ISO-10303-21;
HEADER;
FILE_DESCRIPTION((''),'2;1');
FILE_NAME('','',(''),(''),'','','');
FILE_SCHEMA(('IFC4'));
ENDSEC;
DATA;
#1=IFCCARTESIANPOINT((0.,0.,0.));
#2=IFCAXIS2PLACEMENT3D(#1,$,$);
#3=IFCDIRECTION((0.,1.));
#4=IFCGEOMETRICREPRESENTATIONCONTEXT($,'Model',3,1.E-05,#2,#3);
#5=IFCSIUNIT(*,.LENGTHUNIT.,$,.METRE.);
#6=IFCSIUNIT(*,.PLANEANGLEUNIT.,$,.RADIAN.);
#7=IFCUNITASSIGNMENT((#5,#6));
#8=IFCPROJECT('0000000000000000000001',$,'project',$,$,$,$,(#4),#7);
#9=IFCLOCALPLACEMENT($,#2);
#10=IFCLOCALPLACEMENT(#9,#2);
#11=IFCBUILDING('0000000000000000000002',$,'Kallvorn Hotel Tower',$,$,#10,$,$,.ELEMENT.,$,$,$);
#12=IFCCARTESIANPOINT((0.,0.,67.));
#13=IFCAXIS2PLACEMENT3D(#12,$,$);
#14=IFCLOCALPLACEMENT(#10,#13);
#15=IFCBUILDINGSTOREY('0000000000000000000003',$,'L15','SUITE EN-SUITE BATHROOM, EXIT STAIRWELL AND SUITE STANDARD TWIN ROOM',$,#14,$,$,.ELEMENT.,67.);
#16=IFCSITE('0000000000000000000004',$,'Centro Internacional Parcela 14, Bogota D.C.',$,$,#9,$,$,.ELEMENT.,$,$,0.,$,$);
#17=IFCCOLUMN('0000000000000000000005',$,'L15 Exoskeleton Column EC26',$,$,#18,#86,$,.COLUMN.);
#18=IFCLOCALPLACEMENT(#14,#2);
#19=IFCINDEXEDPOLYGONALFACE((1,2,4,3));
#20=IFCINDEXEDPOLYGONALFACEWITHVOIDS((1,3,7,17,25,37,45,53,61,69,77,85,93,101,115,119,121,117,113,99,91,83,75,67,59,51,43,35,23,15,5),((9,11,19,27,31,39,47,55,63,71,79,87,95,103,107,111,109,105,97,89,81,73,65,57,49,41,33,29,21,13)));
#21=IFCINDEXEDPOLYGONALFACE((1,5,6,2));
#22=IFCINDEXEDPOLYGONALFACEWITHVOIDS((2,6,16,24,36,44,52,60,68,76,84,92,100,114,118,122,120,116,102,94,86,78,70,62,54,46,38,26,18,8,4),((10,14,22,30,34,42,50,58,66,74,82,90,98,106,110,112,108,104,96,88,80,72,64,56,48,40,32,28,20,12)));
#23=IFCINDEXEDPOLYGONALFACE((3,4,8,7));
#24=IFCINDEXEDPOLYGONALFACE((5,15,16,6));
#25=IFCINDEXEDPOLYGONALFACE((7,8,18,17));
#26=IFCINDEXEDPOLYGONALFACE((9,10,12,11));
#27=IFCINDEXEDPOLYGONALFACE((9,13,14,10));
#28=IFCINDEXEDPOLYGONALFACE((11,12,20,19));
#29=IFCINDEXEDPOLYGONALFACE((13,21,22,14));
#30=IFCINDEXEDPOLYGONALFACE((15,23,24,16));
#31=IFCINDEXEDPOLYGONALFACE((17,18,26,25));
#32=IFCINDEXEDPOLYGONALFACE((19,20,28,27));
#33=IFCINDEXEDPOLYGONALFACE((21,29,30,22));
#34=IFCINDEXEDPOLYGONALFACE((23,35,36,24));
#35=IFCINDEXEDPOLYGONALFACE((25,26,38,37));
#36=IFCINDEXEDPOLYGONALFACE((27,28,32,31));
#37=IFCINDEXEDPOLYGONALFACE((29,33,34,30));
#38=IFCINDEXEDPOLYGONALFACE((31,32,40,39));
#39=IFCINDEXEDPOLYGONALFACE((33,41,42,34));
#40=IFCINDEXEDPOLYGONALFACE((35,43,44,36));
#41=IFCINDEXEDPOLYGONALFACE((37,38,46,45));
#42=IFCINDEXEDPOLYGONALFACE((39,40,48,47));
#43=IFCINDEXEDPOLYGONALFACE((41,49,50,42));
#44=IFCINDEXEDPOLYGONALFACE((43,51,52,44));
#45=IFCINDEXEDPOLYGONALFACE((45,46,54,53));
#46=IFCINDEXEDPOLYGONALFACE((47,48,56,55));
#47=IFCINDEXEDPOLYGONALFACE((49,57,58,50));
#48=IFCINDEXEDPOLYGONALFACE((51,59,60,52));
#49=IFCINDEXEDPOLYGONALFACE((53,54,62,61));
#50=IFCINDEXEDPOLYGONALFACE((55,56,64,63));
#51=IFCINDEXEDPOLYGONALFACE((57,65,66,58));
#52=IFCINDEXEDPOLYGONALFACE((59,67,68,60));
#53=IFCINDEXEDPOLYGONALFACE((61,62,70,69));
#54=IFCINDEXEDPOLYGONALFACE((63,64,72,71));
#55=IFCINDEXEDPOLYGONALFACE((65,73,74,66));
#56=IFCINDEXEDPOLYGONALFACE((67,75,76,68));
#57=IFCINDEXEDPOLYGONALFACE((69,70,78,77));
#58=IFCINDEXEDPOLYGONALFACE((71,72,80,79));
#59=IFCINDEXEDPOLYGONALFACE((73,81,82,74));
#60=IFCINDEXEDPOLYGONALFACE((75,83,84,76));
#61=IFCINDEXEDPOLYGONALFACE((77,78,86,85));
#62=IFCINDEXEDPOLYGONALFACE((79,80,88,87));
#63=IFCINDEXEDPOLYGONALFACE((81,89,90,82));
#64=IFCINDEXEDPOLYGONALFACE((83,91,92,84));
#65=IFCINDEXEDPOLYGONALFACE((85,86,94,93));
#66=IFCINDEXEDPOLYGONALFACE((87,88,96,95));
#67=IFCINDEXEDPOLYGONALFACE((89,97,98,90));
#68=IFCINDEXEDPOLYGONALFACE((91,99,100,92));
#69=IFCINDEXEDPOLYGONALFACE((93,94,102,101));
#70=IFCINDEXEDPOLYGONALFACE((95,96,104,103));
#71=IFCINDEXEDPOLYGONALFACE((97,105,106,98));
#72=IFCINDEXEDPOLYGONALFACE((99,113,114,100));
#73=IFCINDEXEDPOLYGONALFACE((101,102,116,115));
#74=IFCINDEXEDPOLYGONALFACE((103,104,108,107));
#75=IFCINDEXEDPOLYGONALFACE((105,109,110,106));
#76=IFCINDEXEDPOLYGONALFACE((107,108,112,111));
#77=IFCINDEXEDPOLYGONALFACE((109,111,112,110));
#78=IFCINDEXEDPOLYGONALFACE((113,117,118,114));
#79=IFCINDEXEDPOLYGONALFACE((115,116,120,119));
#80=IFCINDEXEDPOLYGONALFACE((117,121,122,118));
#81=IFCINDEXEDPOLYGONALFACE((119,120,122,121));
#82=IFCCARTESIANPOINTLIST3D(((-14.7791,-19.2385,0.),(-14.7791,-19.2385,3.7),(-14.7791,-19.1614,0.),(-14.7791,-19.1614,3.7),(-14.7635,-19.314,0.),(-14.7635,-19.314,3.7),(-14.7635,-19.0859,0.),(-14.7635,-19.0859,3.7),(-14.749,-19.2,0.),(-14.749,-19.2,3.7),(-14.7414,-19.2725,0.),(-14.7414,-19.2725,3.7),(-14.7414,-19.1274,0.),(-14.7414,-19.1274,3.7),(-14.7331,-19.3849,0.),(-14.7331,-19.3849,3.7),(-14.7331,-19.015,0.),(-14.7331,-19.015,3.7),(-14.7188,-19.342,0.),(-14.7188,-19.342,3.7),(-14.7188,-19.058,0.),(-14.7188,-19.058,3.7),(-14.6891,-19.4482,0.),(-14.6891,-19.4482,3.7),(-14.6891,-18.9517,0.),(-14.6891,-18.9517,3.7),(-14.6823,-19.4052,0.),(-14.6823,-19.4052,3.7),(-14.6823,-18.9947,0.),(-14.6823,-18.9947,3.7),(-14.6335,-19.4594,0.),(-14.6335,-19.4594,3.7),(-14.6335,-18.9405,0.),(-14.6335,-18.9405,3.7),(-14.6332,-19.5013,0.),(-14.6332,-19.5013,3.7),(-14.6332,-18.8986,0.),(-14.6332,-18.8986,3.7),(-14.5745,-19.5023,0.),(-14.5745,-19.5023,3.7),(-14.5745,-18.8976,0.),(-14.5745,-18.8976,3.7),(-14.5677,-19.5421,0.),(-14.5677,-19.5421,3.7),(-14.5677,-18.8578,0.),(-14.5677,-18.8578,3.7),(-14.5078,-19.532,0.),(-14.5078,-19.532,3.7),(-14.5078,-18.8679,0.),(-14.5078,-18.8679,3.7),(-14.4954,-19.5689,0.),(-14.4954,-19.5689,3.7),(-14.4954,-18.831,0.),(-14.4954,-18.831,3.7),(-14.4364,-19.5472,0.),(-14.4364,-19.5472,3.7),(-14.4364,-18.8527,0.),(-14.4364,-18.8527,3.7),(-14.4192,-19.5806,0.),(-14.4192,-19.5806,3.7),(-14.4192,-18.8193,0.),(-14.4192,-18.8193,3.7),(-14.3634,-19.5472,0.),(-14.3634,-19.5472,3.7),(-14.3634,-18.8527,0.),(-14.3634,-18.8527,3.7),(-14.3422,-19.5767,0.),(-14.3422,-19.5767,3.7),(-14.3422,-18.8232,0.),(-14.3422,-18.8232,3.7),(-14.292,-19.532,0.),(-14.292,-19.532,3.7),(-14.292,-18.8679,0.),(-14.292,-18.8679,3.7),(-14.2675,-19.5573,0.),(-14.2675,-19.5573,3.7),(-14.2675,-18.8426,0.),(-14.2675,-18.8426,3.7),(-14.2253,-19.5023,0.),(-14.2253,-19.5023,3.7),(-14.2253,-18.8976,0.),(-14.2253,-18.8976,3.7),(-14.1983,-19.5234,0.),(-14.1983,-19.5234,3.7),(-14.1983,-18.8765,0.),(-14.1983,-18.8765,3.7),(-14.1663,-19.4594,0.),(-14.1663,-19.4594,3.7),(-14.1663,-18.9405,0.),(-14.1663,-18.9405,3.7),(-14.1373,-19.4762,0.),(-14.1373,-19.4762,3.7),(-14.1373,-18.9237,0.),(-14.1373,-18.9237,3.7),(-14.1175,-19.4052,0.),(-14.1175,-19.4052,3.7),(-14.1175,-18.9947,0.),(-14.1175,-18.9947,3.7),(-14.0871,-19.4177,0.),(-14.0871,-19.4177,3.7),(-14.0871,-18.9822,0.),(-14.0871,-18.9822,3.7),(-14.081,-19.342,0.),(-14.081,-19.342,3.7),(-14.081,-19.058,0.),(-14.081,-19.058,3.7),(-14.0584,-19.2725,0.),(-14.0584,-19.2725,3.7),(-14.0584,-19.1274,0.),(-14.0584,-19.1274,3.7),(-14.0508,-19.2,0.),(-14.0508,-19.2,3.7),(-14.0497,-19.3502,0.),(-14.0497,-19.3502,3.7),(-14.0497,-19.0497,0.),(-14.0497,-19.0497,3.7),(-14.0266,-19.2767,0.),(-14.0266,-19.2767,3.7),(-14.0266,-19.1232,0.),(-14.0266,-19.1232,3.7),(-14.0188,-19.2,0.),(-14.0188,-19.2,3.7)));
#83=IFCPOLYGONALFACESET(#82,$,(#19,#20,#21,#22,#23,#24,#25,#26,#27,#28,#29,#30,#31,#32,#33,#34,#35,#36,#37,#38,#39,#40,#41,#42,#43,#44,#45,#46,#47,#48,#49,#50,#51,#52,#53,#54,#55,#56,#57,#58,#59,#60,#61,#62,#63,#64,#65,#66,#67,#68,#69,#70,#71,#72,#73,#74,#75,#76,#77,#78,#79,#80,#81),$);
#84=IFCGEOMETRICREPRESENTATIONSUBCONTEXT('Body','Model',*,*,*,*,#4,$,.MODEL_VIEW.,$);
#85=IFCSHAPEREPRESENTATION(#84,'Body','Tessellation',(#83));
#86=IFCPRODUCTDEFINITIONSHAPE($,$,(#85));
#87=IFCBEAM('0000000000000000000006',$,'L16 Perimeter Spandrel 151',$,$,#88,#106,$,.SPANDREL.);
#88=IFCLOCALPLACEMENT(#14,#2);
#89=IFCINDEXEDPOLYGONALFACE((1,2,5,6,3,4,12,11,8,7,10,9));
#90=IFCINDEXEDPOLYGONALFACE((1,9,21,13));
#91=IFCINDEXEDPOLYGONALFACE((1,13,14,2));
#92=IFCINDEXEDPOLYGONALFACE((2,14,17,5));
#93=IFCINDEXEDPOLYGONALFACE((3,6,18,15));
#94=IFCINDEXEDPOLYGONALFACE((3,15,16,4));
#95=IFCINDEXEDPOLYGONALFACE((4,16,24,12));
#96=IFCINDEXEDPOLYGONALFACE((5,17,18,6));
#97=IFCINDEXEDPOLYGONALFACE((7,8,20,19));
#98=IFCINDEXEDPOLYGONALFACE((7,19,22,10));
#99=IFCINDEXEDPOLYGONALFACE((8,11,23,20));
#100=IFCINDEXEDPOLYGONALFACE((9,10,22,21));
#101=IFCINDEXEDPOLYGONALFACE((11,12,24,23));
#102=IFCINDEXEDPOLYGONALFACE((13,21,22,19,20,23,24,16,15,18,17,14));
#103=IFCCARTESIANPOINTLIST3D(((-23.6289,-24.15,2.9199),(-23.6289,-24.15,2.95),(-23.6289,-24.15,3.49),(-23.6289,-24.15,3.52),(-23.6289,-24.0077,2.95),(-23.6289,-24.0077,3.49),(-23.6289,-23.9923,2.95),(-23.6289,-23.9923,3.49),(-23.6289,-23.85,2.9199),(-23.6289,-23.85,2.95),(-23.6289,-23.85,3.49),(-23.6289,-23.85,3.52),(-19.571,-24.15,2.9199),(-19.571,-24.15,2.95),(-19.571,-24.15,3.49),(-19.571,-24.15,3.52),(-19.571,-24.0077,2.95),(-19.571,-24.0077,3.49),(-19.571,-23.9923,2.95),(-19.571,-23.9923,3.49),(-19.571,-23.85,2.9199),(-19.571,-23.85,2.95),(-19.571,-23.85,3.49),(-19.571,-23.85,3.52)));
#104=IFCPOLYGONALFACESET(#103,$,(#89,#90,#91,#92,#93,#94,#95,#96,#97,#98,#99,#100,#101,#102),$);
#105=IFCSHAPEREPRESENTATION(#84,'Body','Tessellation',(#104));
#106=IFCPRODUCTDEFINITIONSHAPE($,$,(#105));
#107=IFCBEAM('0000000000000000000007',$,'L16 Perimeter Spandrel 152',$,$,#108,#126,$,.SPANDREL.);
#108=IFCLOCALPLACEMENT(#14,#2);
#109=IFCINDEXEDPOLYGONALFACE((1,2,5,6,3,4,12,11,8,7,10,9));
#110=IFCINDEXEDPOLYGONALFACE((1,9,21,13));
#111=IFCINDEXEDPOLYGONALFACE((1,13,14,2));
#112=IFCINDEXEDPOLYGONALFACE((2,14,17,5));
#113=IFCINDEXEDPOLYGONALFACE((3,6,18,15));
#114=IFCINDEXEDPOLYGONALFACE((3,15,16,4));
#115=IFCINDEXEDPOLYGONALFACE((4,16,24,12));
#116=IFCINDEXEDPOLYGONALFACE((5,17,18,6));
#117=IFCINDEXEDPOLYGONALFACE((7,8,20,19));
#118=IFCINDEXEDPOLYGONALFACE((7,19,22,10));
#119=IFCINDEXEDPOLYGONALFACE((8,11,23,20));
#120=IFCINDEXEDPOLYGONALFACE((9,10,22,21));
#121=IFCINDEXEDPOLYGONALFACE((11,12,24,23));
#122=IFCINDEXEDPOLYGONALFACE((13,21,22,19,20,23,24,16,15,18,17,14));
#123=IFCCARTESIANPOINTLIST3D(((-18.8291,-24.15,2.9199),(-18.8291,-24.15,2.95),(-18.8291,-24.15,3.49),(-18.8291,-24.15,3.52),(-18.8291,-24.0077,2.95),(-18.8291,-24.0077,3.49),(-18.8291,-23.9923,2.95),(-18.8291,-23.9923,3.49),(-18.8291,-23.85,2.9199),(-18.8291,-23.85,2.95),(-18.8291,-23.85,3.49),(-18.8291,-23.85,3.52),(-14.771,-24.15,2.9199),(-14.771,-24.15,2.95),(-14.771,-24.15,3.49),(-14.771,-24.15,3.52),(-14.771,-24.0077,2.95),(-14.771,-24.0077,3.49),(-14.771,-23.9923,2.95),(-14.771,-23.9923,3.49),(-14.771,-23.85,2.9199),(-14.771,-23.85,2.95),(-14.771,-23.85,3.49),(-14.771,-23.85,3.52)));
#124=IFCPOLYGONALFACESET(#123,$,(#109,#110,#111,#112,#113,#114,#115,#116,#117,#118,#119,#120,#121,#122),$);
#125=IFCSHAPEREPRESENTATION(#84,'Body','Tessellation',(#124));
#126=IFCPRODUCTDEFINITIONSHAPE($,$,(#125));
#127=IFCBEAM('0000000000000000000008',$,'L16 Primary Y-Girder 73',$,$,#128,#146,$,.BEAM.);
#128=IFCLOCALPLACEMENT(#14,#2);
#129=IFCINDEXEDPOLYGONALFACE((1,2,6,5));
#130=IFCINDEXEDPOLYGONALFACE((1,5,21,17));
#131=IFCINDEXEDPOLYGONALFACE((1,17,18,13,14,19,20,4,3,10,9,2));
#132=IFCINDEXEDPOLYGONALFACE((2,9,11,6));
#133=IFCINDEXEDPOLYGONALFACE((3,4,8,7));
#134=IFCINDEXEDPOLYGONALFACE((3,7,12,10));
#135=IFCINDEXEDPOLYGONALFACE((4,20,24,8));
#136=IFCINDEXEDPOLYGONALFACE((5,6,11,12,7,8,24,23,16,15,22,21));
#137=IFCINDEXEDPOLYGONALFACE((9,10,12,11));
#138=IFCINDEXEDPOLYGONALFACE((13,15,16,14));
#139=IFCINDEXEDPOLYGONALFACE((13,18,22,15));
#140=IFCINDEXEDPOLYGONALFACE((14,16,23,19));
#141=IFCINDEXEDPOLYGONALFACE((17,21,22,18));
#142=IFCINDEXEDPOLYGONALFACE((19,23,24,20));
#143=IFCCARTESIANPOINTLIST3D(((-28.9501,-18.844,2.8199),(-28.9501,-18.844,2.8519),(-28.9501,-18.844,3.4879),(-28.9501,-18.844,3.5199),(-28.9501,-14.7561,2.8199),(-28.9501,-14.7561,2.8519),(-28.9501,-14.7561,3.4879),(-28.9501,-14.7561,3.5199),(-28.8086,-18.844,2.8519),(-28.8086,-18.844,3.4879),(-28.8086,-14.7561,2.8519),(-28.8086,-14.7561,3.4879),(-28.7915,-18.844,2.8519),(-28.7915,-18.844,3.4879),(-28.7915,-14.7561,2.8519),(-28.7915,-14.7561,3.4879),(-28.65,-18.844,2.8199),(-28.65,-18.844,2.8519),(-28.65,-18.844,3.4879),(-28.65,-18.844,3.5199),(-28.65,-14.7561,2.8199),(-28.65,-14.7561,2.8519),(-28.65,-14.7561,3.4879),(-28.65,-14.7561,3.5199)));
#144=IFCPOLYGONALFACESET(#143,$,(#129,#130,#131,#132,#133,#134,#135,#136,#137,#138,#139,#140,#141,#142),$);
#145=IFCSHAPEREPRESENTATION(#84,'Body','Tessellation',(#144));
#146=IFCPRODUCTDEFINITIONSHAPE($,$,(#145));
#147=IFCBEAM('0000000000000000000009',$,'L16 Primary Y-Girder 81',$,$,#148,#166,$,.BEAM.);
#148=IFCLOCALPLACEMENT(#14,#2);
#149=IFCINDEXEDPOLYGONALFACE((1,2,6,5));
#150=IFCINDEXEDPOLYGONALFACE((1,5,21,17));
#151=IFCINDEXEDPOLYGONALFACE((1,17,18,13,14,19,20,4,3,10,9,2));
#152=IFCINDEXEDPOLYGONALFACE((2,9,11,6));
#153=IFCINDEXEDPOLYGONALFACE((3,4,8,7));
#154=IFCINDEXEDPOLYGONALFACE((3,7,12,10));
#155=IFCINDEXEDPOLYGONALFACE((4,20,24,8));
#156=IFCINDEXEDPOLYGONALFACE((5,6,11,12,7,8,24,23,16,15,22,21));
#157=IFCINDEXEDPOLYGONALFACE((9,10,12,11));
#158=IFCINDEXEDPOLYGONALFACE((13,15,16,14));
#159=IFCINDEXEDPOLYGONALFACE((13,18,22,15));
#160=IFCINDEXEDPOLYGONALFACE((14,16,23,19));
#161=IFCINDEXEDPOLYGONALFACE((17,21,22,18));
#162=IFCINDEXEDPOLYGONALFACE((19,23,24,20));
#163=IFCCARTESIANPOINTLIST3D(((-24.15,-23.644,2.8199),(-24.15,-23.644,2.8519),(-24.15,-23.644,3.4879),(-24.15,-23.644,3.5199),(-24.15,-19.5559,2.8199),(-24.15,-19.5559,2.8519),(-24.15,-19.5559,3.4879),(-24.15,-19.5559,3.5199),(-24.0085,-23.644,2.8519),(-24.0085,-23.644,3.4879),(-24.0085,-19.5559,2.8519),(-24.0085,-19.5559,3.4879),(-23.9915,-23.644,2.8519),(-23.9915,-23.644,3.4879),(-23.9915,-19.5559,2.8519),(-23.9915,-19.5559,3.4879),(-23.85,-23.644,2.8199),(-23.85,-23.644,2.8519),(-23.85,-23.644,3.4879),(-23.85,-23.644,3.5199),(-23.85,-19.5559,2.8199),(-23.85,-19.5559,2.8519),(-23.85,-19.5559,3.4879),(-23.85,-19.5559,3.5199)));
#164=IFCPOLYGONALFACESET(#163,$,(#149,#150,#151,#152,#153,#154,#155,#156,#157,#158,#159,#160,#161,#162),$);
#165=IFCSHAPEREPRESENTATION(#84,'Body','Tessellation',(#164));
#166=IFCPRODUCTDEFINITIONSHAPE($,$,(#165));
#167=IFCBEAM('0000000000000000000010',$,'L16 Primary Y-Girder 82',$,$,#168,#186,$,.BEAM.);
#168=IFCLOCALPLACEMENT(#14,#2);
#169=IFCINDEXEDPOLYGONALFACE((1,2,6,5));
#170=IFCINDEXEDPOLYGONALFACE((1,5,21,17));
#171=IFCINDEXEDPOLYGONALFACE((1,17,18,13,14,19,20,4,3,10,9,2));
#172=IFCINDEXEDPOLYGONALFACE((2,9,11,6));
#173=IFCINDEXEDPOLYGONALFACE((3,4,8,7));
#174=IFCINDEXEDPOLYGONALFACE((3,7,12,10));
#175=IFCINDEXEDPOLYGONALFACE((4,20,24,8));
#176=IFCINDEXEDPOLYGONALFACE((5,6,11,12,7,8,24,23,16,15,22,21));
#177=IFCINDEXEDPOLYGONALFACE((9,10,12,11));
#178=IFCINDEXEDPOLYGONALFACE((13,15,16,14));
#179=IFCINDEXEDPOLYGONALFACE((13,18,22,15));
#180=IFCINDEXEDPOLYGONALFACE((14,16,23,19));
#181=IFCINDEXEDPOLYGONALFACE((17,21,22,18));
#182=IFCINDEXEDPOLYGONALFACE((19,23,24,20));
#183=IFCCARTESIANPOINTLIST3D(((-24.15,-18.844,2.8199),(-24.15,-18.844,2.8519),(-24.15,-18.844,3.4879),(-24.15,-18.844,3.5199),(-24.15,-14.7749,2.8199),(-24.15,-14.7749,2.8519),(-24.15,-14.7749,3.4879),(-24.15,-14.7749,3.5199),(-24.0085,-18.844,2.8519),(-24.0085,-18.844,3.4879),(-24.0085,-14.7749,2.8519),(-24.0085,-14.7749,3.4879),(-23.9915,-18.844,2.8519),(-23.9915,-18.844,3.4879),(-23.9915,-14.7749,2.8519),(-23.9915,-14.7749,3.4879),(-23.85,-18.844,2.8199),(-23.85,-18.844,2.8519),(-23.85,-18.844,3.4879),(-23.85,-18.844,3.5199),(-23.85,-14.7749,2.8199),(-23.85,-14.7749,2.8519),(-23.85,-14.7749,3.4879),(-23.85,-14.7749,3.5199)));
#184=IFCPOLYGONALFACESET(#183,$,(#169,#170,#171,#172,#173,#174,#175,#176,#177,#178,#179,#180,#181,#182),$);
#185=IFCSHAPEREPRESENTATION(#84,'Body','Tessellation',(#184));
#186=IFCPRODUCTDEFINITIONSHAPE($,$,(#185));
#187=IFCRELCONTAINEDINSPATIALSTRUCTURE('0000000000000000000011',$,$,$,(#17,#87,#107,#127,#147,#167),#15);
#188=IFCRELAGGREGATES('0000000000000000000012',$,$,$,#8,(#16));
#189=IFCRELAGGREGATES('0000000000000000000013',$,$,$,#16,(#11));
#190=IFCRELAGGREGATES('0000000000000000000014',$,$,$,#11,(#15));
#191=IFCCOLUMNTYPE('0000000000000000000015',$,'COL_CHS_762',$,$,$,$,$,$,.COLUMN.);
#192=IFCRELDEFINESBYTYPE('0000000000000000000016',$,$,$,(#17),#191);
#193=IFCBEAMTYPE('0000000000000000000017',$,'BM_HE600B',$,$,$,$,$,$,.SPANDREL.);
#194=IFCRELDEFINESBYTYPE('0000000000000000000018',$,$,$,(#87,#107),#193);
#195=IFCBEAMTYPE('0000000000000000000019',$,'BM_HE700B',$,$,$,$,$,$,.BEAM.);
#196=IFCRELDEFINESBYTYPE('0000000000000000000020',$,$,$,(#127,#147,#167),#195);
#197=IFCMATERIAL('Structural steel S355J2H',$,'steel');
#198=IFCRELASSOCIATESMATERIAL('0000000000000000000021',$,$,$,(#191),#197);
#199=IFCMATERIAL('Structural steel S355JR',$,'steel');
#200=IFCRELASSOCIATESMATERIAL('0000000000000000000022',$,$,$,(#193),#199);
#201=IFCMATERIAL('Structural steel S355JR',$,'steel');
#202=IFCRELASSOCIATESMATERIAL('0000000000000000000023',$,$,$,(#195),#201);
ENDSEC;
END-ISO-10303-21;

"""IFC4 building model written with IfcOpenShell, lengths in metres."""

from ifc_helpers import new_model, si_unit, direction, frame, origin, origin_2d, place, context, subcontext, project, spatial, hollow_circle, i_section, extrude, material, material_profile, profile_set, type_object, element, save


model = new_model("IFC4")

# Units and contexts
model_context = context("Model", 3, precision=1e-05, world=origin(), true_north=direction((0.0, 1.0)))
body_context = subcontext(model_context, "Body", "Model", "MODEL_VIEW")
ifc_project = project(units=[si_unit("LENGTHUNIT", "METRE"), si_unit("PLANEANGLEUNIT", "RADIAN")], contexts=[model_context])

# Site, building, storey
site_placement = place(None, origin())
site = spatial("IfcSite", under=ifc_project, at=site_placement, Name="Centro Internacional Parcela 14, Bogota D.C.", CompositionType="ELEMENT", RefElevation=0.0)
building_placement = place(site_placement, origin())
building = spatial("IfcBuilding", under=site, at=building_placement, Name="Kallvorn Hotel Tower", CompositionType="ELEMENT")
storey_placement = place(building_placement, frame((0.0, 0.0, 67.0)))
storey = spatial("IfcBuildingStorey", under=building, at=storey_placement, Name="L15", Description="SUITE EN-SUITE BATHROOM, EXIT STAIRWELL AND SUITE STANDARD TWIN ROOM", CompositionType="ELEMENT", Elevation=67.0)

# Column
ifc_material_1 = material(Name="Structural steel S355J2H", Category="steel")
ifc_material_profile_1 = material_profile(ifc_material_1, hollow_circle(Radius=0.3811, WallThickness=0.032, at=origin_2d()), Name="CHS 762x32")
ifc_profile_set_1 = profile_set([ifc_material_profile_1], Name="Structural steel S355J2H")
column_type = type_object("IfcColumnType", Name="COL_CHS_762", PredefinedType="COLUMN", material=ifc_profile_set_1)
for number, where, z_axis, x_axis, name in (
    (1, (-14.3999, -19.2, 0.0), (0.0, 0.0, 1.0), (1.0, 0.0, 0.0), "L15 Exoskeleton Column EC26"),
):
    element("IfcColumn", number, at=place(storey_placement, frame(where, z_axis=z_axis, x_axis=x_axis)), inside=storey, type_object=column_type, Name=name, PredefinedType="COLUMN", context=body_context, shape_type="SweptSolid", body=[
        extrude(hollow_circle(Radius=0.3811, WallThickness=0.032, at=origin_2d()), origin(), (0.0, 0.0, 1.0), 3.7),
    ])

# Beams
ifc_material_2 = material(Name="Structural steel S355JR", Category="steel")
ifc_material_profile_2 = material_profile(ifc_material_2, i_section(OverallWidth=0.3, OverallDepth=0.6001, WebThickness=0.0154, FlangeThickness=0.03, at=origin_2d()), Name="HE 600 B")
ifc_profile_set_2 = profile_set([ifc_material_profile_2], Name="Structural steel S355JR")
beam_type_1 = type_object("IfcBeamType", Name="BM_HE600B", PredefinedType="SPANDREL", material=ifc_profile_set_2)
beam_1_placement = place(storey_placement, frame((-23.6289, -24.0, 3.22), z_axis=(1.0, 0.0, 0.0), x_axis=(0.0, 1.0, 0.0)))
element("IfcBeam", 2, at=beam_1_placement, inside=storey, type_object=beam_type_1, Name="L16 Perimeter Spandrel 151", PredefinedType="SPANDREL", context=body_context, shape_type="SweptSolid", body=[
    extrude(i_section(OverallWidth=0.3, OverallDepth=0.6001, WebThickness=0.0154, FlangeThickness=0.03, at=origin_2d()), origin(), (0.0, 0.0, 1.0), 4.0579),
])
beam_2_placement = place(storey_placement, frame((-18.8291, -24.0, 3.22), z_axis=(1.0, 0.0, 0.0), x_axis=(0.0, 1.0, 0.0)))
element("IfcBeam", 3, at=beam_2_placement, inside=storey, type_object=beam_type_1, Name="L16 Perimeter Spandrel 152", PredefinedType="SPANDREL", context=body_context, shape_type="SweptSolid", body=[
    extrude(i_section(OverallWidth=0.3, OverallDepth=0.6001, WebThickness=0.0154, FlangeThickness=0.03, at=origin_2d()), origin(), (0.0, 0.0, 1.0), 4.0581),
])
ifc_material_3 = material(Name="Structural steel S355JR", Category="steel")
ifc_material_profile_3 = material_profile(ifc_material_3, i_section(OverallWidth=0.3, OverallDepth=0.7, WebThickness=0.0171, FlangeThickness=0.032, at=origin_2d()), Name="HE 700 B")
ifc_profile_set_3 = profile_set([ifc_material_profile_3], Name="Structural steel S355JR")
beam_type_2 = type_object("IfcBeamType", Name="BM_HE700B", PredefinedType="BEAM", material=ifc_profile_set_3)
beam_3_placement = place(storey_placement, frame((-28.8, -18.844, 3.1699), z_axis=(0.0, 1.0, 0.0), x_axis=(-1.0, 0.0, 0.0)))
element("IfcBeam", 4, at=beam_3_placement, inside=storey, type_object=beam_type_2, Name="L16 Primary Y-Girder 73", PredefinedType="BEAM", context=body_context, shape_type="SweptSolid", body=[
    extrude(i_section(OverallWidth=0.3, OverallDepth=0.7, WebThickness=0.0171, FlangeThickness=0.032, at=origin_2d()), origin(), (0.0, 0.0, 1.0), 4.0879),
])
beam_4_placement = place(storey_placement, frame((-24.0, -23.644, 3.1699), z_axis=(0.0, 1.0, 0.0), x_axis=(-1.0, 0.0, 0.0)))
element("IfcBeam", 5, at=beam_4_placement, inside=storey, type_object=beam_type_2, Name="L16 Primary Y-Girder 81", PredefinedType="BEAM", context=body_context, shape_type="SweptSolid", body=[
    extrude(i_section(OverallWidth=0.3, OverallDepth=0.7, WebThickness=0.0171, FlangeThickness=0.032, at=origin_2d()), origin(), (0.0, 0.0, 1.0), 4.0881),
])
beam_5_placement = place(storey_placement, frame((-24.0, -18.844, 3.1699), z_axis=(0.0, 1.0, 0.0), x_axis=(-1.0, 0.0, 0.0)))
element("IfcBeam", 6, at=beam_5_placement, inside=storey, type_object=beam_type_2, Name="L16 Primary Y-Girder 82", PredefinedType="BEAM", context=body_context, shape_type="SweptSolid", body=[
    extrude(i_section(OverallWidth=0.3, OverallDepth=0.7, WebThickness=0.0171, FlangeThickness=0.032, at=origin_2d()), origin(), (0.0, 0.0, 1.0), 4.0691),
])

save(model, "model.ifc")
